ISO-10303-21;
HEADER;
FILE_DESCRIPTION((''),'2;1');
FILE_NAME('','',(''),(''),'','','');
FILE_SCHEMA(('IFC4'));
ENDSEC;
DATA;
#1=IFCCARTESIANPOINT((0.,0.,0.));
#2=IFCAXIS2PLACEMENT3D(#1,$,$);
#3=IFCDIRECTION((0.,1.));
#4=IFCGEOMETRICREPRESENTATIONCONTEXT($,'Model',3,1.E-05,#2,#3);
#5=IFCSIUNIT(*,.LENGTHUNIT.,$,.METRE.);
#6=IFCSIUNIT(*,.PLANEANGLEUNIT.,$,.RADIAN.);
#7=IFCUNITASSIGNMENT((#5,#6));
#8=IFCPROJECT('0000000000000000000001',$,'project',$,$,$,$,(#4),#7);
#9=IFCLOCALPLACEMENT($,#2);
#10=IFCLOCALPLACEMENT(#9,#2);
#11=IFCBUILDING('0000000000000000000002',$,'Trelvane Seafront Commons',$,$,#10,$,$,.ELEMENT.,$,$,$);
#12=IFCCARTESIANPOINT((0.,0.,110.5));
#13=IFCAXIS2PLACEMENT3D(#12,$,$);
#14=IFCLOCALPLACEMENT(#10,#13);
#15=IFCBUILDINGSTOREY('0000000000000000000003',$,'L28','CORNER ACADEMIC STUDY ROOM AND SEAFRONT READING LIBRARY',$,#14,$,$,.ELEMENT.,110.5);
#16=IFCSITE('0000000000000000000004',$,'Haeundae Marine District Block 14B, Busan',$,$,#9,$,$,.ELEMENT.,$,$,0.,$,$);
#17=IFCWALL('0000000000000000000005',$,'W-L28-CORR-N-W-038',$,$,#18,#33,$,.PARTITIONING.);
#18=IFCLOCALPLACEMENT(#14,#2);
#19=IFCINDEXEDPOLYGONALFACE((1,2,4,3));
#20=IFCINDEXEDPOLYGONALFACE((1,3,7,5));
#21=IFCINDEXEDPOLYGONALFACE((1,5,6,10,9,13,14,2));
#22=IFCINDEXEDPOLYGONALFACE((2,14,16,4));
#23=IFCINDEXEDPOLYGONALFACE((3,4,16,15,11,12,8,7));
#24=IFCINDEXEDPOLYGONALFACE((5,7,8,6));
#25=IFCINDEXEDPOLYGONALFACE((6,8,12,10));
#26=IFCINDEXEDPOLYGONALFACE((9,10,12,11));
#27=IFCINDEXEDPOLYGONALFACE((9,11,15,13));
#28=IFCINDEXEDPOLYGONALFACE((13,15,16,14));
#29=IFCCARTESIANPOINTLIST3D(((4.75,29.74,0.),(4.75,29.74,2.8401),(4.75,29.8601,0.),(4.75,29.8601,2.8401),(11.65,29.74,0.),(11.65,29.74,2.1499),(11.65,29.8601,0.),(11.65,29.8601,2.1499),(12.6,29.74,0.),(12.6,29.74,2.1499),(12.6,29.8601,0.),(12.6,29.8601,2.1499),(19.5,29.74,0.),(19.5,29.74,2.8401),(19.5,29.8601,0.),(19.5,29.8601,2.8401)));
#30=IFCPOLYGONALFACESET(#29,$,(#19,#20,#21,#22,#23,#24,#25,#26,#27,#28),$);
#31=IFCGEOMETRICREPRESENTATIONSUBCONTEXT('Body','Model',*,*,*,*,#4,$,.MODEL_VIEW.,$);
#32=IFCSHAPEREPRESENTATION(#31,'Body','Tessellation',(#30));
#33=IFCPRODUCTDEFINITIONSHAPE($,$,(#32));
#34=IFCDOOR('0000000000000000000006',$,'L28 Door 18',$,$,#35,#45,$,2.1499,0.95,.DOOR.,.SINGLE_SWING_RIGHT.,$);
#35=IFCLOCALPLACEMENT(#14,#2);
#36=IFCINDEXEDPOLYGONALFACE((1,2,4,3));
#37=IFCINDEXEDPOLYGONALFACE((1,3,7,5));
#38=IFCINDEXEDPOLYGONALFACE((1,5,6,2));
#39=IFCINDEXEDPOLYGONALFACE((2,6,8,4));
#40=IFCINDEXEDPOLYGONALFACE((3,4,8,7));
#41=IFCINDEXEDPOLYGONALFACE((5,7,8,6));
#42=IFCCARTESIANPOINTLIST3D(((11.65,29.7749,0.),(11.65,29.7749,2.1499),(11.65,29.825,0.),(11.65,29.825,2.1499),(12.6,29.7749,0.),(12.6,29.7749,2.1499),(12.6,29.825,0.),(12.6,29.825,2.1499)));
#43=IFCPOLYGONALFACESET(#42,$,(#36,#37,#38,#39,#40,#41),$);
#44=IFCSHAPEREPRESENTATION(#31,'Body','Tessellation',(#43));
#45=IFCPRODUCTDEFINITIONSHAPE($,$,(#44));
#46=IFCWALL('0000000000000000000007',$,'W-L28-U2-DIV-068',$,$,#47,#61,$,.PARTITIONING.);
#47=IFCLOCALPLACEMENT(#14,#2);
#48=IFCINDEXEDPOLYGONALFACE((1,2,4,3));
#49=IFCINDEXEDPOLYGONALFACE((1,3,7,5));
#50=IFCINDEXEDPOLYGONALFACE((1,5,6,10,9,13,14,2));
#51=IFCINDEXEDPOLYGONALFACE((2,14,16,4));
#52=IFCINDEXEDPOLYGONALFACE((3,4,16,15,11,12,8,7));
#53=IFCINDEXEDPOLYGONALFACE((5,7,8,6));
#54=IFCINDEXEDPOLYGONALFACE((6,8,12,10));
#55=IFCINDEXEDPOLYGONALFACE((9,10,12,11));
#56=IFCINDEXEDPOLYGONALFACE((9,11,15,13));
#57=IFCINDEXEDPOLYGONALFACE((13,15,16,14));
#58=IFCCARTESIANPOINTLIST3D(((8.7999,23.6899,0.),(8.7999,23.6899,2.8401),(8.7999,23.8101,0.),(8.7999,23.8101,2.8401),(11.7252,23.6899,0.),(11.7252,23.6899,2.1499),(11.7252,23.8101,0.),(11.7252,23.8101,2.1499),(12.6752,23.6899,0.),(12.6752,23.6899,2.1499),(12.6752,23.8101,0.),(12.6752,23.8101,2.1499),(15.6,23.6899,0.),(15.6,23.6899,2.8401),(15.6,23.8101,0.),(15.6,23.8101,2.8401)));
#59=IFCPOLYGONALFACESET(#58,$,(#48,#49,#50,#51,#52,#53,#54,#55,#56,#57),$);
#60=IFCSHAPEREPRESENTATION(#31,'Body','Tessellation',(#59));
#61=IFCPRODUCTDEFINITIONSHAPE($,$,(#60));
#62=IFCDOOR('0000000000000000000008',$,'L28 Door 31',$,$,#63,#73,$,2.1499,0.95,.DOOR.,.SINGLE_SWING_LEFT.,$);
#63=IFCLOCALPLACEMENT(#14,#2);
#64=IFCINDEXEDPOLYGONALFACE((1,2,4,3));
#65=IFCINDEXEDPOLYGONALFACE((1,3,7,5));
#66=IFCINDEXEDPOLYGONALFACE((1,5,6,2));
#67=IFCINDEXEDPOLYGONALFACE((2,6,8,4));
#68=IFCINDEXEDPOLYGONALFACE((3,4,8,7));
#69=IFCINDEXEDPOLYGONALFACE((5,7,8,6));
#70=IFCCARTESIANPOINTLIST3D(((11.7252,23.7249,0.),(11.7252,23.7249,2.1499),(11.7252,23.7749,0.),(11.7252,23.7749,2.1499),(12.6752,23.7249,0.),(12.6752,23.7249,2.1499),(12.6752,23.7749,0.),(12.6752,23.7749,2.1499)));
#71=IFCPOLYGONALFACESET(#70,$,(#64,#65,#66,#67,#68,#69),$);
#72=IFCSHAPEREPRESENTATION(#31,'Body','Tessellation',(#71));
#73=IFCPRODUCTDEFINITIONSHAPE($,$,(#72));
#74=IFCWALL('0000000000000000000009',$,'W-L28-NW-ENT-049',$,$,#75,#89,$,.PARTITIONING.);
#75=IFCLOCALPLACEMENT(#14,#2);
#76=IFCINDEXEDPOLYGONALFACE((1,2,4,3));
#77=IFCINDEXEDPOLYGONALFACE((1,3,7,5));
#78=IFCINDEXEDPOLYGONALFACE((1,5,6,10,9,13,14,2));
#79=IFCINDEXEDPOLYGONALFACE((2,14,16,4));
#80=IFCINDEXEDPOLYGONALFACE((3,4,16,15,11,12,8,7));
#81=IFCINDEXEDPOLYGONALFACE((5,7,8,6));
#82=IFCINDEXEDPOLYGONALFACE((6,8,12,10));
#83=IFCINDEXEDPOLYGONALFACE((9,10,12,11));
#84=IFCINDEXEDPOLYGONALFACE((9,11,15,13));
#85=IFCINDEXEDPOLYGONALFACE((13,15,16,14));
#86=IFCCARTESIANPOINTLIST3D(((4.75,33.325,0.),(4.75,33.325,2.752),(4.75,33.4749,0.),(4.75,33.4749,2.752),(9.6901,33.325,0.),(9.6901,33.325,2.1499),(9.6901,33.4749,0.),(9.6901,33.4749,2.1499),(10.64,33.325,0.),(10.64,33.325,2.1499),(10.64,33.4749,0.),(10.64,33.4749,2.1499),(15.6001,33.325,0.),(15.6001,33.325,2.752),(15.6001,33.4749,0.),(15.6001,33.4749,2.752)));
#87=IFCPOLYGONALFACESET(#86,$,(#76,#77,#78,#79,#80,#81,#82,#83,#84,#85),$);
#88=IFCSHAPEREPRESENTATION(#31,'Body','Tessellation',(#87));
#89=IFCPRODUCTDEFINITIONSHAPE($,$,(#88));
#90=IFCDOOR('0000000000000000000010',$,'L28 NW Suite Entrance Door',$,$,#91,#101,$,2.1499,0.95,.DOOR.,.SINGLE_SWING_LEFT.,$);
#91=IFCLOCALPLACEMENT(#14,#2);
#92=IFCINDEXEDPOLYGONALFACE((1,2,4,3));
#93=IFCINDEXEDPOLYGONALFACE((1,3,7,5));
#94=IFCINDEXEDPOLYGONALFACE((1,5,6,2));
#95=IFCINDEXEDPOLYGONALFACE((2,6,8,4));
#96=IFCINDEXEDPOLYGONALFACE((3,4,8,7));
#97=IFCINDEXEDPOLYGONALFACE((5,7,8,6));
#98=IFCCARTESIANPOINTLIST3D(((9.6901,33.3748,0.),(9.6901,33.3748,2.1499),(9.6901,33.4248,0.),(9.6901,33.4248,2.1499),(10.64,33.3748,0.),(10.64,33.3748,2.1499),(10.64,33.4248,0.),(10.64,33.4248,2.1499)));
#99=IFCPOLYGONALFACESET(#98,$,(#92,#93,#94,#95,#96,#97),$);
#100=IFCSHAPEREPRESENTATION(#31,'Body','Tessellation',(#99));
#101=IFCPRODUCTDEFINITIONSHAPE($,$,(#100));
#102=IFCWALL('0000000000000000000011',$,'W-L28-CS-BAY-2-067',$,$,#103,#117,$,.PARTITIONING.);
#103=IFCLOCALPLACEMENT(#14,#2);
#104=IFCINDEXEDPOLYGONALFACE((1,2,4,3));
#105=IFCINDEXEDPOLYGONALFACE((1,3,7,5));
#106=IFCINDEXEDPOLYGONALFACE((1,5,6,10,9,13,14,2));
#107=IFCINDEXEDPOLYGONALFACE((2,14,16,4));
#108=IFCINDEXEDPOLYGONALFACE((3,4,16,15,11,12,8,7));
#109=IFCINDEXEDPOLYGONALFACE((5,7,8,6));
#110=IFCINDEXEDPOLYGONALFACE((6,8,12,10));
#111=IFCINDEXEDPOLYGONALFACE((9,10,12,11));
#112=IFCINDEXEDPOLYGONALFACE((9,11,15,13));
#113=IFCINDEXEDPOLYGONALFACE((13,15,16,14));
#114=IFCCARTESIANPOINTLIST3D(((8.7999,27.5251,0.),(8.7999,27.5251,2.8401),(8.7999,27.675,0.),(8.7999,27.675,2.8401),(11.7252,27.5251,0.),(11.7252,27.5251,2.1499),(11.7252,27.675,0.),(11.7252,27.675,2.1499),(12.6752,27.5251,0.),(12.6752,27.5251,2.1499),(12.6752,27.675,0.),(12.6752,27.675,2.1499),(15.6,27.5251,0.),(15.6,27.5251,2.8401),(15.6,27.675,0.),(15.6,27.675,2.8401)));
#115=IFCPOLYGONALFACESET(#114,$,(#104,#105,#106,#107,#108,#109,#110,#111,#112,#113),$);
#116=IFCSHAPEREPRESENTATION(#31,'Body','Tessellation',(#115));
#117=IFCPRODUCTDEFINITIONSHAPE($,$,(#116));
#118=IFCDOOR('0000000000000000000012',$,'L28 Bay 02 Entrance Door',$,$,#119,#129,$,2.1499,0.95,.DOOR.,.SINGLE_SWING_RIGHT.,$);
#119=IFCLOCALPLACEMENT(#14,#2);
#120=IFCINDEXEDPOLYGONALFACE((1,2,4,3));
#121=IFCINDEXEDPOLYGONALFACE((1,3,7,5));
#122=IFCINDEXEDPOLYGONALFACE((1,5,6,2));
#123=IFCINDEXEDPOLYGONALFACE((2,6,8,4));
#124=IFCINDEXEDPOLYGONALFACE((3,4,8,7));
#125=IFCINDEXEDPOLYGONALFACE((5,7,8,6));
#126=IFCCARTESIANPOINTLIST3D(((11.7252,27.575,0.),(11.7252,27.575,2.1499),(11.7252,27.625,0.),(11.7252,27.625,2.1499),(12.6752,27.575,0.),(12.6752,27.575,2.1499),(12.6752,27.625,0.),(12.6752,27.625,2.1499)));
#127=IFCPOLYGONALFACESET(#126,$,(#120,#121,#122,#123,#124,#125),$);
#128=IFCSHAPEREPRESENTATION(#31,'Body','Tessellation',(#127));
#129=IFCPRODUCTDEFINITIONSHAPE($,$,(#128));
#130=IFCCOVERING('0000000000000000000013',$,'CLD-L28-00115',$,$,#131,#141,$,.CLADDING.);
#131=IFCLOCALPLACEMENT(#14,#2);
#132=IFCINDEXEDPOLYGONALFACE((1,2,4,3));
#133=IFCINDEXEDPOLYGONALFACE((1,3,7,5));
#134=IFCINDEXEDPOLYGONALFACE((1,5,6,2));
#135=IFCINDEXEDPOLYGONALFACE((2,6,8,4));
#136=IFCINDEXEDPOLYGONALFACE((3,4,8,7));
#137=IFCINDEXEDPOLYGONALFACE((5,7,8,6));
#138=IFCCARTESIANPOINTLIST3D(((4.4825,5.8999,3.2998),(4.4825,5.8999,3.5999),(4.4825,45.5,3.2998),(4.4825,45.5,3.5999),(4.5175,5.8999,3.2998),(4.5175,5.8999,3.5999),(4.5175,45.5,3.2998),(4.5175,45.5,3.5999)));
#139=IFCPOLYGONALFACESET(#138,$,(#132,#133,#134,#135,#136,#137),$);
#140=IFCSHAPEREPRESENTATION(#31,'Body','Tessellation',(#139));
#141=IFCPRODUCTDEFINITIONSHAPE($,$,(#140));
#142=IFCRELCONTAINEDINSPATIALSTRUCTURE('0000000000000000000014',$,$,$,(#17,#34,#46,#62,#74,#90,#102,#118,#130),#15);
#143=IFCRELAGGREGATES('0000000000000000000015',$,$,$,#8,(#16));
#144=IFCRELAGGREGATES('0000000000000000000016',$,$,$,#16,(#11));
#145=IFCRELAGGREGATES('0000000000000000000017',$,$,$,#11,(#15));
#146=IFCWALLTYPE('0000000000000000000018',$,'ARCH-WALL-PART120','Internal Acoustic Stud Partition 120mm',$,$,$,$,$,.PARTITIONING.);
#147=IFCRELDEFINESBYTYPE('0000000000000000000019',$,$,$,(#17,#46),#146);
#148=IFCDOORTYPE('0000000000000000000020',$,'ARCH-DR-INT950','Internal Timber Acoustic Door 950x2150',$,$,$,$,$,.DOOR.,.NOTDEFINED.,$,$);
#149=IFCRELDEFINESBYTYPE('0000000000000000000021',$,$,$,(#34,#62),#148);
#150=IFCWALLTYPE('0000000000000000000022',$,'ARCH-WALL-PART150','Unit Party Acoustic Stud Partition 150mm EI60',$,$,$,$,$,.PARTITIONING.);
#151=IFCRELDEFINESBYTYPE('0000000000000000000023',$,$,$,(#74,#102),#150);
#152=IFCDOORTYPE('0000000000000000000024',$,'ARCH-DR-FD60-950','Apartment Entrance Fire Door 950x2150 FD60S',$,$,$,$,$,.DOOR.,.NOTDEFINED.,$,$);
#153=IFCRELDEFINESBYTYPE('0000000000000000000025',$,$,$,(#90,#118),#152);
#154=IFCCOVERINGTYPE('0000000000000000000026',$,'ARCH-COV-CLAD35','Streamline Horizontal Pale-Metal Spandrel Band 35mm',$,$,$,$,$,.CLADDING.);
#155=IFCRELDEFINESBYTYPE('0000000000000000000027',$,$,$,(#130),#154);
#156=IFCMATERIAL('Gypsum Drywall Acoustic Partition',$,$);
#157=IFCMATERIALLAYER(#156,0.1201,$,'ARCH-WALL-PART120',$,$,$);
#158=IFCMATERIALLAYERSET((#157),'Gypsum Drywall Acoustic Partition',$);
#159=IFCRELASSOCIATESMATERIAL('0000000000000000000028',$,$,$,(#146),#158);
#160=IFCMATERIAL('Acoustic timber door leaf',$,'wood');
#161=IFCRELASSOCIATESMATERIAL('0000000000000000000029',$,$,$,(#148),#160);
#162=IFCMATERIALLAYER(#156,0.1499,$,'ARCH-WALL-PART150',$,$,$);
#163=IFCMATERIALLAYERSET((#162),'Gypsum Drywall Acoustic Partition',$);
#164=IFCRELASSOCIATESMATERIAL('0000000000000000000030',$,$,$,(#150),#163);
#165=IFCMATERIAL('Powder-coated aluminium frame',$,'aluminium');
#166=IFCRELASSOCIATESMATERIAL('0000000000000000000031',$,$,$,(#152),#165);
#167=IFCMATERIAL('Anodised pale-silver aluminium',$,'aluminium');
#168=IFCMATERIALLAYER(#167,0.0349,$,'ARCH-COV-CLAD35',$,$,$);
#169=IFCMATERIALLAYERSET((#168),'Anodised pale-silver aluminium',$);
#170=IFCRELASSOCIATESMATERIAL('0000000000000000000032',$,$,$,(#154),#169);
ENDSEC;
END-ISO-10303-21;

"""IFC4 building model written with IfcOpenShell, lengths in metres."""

from ifc_helpers import new_model, si_unit, direction, frame, frame_2d, origin, origin_2d, place, context, subcontext, project, spatial, rectangle, extrude, source, transform, mapped, material, layer, layer_set, type_object, element, fill, save


model = new_model("IFC4")

# Units and contexts
model_context = context("Model", 3, precision=1e-05, world=origin(), true_north=direction((0.0, 1.0)))
body_context = subcontext(model_context, "Body", "Model", "MODEL_VIEW")
ifc_project = project(units=[si_unit("LENGTHUNIT", "METRE"), si_unit("PLANEANGLEUNIT", "RADIAN")], contexts=[model_context])

# Site, building, storey
site_placement = place(None, origin())
site = spatial("IfcSite", under=ifc_project, at=site_placement, Name="Haeundae Marine District Block 14B, Busan", CompositionType="ELEMENT", RefElevation=0.0)
building_placement = place(site_placement, origin())
building = spatial("IfcBuilding", under=site, at=building_placement, Name="Trelvane Seafront Commons", CompositionType="ELEMENT")
storey_placement = place(building_placement, frame((0.0, 0.0, 110.5)))
storey = spatial("IfcBuildingStorey", under=building, at=storey_placement, Name="L28", Description="CORNER ACADEMIC STUDY ROOM AND SEAFRONT READING LIBRARY", CompositionType="ELEMENT", Elevation=110.5)

# Shared definitions
ifc_material_1 = material(Name="Anodised pale-silver aluminium", Category="aluminium")

# Walls, openings, doors
ifc_material_2 = material(Name="Gypsum Drywall Acoustic Partition")
ifc_layer_1 = layer(ifc_material_2, 0.1201, Name="ARCH-WALL-PART120")
ifc_layer_set_1 = layer_set([ifc_layer_1], Name="Gypsum Drywall Acoustic Partition")
wall_type_1 = type_object("IfcWallType", Name="ARCH-WALL-PART120", Description="Internal Acoustic Stud Partition 120mm", PredefinedType="PARTITIONING", material=ifc_layer_set_1)
wall_1_placement = place(storey_placement, frame((4.75, 29.8, 0.0), z_axis=(0.0, 0.0, 1.0), x_axis=(1.0, 0.0, 0.0)))
wall_1 = element("IfcWall", 1, at=wall_1_placement, inside=storey, type_object=wall_type_1, Name="W-L28-CORR-N-W-038", PredefinedType="PARTITIONING", context=body_context, shape_type="SweptSolid", body=[
    extrude(rectangle(XDim=14.75, YDim=0.1201, at=frame_2d((7.375, 0.0))), origin(), (0.0, 0.0, 1.0), 2.8401),
])
opening_1_placement = place(wall_1_placement, frame((6.8999, 0.0, 0.0)))
opening_1 = element("IfcOpeningElement", 2, at=opening_1_placement, cuts=wall_1, PredefinedType="OPENING", context=body_context, shape_type="SweptSolid", body=[
    extrude(rectangle(XDim=0.95, YDim=2.1499, at=frame_2d((0.4751, 1.075))), frame((0.0, 0.0701, 0.0), z_axis=(0.0, -1.0, 0.0), x_axis=(1.0, 0.0, 0.0)), (0.0, 0.0, 1.0), 0.1401),
])
ifc_material_3 = material(Name="Acoustic timber door leaf", Category="wood")
door_type_1 = type_object("IfcDoorType", Name="ARCH-DR-INT950", Description="Internal Timber Acoustic Door 950x2150", OperationType="NOTDEFINED", PredefinedType="DOOR", material=ifc_material_3)
shared_shape_1 = source(origin(), body_context, "Body", "SweptSolid", [
    extrude(rectangle(XDim=0.95, YDim=2.1499, at=frame_2d((0.4751, 1.075))), frame((0.0, 0.0249, 0.0), z_axis=(0.0, -1.0, 0.0), x_axis=(1.0, 0.0, 0.0)), (0.0, 0.0, 1.0), 0.05),
])
door_1_placement = place(opening_1_placement, origin())
door_1 = element("IfcDoor", 3, at=door_1_placement, inside=storey, type_object=door_type_1, Name="L28 Door 18", OperationType="SINGLE_SWING_RIGHT", OverallHeight=2.1499, OverallWidth=0.95, PredefinedType="DOOR", context=body_context, shape_type="MappedRepresentation", body=[
    mapped(shared_shape_1, transform((0.0, 0.0, 0.0), x_axis=(1.0, 0.0, 0.0), y_axis=(0.0, 1.0, 0.0), z_axis=(0.0, 0.0, 1.0), scale=1.0)),
])
fill(opening_1, door_1)
wall_2_placement = place(storey_placement, frame((8.8, 23.75, 0.0), z_axis=(0.0, 0.0, 1.0), x_axis=(1.0, 0.0, 0.0)))
wall_2 = element("IfcWall", 4, at=wall_2_placement, inside=storey, type_object=wall_type_1, Name="W-L28-U2-DIV-068", PredefinedType="PARTITIONING", context=body_context, shape_type="SweptSolid", body=[
    extrude(rectangle(XDim=6.8, YDim=0.1201, at=frame_2d((3.3999, 0.0))), origin(), (0.0, 0.0, 1.0), 2.8401),
])
opening_2_placement = place(wall_2_placement, frame((2.925, 0.0, 0.0)))
opening_2 = element("IfcOpeningElement", 5, at=opening_2_placement, cuts=wall_2, PredefinedType="OPENING", context=body_context, shape_type="SweptSolid", body=[
    extrude(rectangle(XDim=0.95, YDim=2.1499, at=frame_2d((0.4751, 1.075))), frame((0.0, 0.0701, 0.0), z_axis=(0.0, -1.0, 0.0), x_axis=(1.0, 0.0, 0.0)), (0.0, 0.0, 1.0), 0.1401),
])
door_2_placement = place(opening_2_placement, origin())
door_2 = element("IfcDoor", 6, at=door_2_placement, inside=storey, type_object=door_type_1, Name="L28 Door 31", OperationType="SINGLE_SWING_LEFT", OverallHeight=2.1499, OverallWidth=0.95, PredefinedType="DOOR", context=body_context, shape_type="MappedRepresentation", body=[
    mapped(shared_shape_1, transform((0.0, 0.0, 0.0), x_axis=(1.0, 0.0, 0.0), y_axis=(0.0, 1.0, 0.0), z_axis=(0.0, 0.0, 1.0), scale=1.0)),
])
fill(opening_2, door_2)
ifc_layer_2 = layer(ifc_material_2, 0.1499, Name="ARCH-WALL-PART150")
ifc_layer_set_2 = layer_set([ifc_layer_2], Name="Gypsum Drywall Acoustic Partition")
wall_type_2 = type_object("IfcWallType", Name="ARCH-WALL-PART150", Description="Unit Party Acoustic Stud Partition 150mm EI60", PredefinedType="PARTITIONING", material=ifc_layer_set_2)
wall_3_placement = place(storey_placement, frame((4.75, 33.3999, 0.0), z_axis=(0.0, 0.0, 1.0), x_axis=(1.0, 0.0, 0.0)))
wall_3 = element("IfcWall", 7, at=wall_3_placement, inside=storey, type_object=wall_type_2, Name="W-L28-NW-ENT-049", PredefinedType="PARTITIONING", context=body_context, shape_type="SweptSolid", body=[
    extrude(rectangle(XDim=10.8501, YDim=0.1499, at=frame_2d((5.425, 0.0))), origin(), (0.0, 0.0, 1.0), 2.752),
])
opening_3_placement = place(wall_3_placement, frame((4.9399, 0.0, 0.0)))
opening_3 = element("IfcOpeningElement", 8, at=opening_3_placement, cuts=wall_3, PredefinedType="OPENING", context=body_context, shape_type="SweptSolid", body=[
    extrude(rectangle(XDim=0.95, YDim=2.1499, at=frame_2d((0.4751, 1.075))), frame((0.0, 0.085, 0.0), z_axis=(0.0, -1.0, 0.0), x_axis=(1.0, 0.0, 0.0)), (0.0, 0.0, 1.0), 0.1699),
])
ifc_material_4 = material(Name="Powder-coated aluminium frame", Category="aluminium")
door_type_2 = type_object("IfcDoorType", Name="ARCH-DR-FD60-950", Description="Apartment Entrance Fire Door 950x2150 FD60S", OperationType="NOTDEFINED", PredefinedType="DOOR", material=ifc_material_4)
door_3_placement = place(opening_3_placement, origin())
door_3 = element("IfcDoor", 9, at=door_3_placement, inside=storey, type_object=door_type_2, Name="L28 NW Suite Entrance Door", OperationType="SINGLE_SWING_LEFT", OverallHeight=2.1499, OverallWidth=0.95, PredefinedType="DOOR", context=body_context, shape_type="MappedRepresentation", body=[
    mapped(shared_shape_1, transform((0.0, 0.0, 0.0), x_axis=(1.0, 0.0, 0.0), y_axis=(0.0, 1.0, 0.0), z_axis=(0.0, 0.0, 1.0), scale=1.0)),
])
fill(opening_3, door_3)
wall_4_placement = place(storey_placement, frame((8.8, 27.6001, 0.0), z_axis=(0.0, 0.0, 1.0), x_axis=(1.0, 0.0, 0.0)))
wall_4 = element("IfcWall", 10, at=wall_4_placement, inside=storey, type_object=wall_type_2, Name="W-L28-CS-BAY-2-067", PredefinedType="PARTITIONING", context=body_context, shape_type="SweptSolid", body=[
    extrude(rectangle(XDim=6.8, YDim=0.1499, at=frame_2d((3.3999, 0.0))), origin(), (0.0, 0.0, 1.0), 2.8401),
])
opening_4_placement = place(wall_4_placement, frame((2.925, 0.0, 0.0)))
opening_4 = element("IfcOpeningElement", 11, at=opening_4_placement, cuts=wall_4, PredefinedType="OPENING", context=body_context, shape_type="SweptSolid", body=[
    extrude(rectangle(XDim=0.95, YDim=2.1499, at=frame_2d((0.4751, 1.075))), frame((0.0, 0.085, 0.0), z_axis=(0.0, -1.0, 0.0), x_axis=(1.0, 0.0, 0.0)), (0.0, 0.0, 1.0), 0.1699),
])
door_4_placement = place(opening_4_placement, origin())
door_4 = element("IfcDoor", 12, at=door_4_placement, inside=storey, type_object=door_type_2, Name="L28 Bay 02 Entrance Door", OperationType="SINGLE_SWING_RIGHT", OverallHeight=2.1499, OverallWidth=0.95, PredefinedType="DOOR", context=body_context, shape_type="MappedRepresentation", body=[
    mapped(shared_shape_1, transform((0.0, 0.0, 0.0), x_axis=(1.0, 0.0, 0.0), y_axis=(0.0, 1.0, 0.0), z_axis=(0.0, 0.0, 1.0), scale=1.0)),
])
fill(opening_4, door_4)

# Covering
ifc_layer_3 = layer(ifc_material_1, 0.0349, Name="ARCH-COV-CLAD35")
ifc_layer_set_3 = layer_set([ifc_layer_3], Name="Anodised pale-silver aluminium")
covering_type = type_object("IfcCoveringType", Name="ARCH-COV-CLAD35", Description="Streamline Horizontal Pale-Metal Spandrel Band 35mm", PredefinedType="CLADDING", material=ifc_layer_set_3)
shared_shape_2 = source(origin(), body_context, "Body", "SweptSolid", [
    extrude(rectangle(XDim=39.6001, YDim=0.0349, at=origin_2d()), origin(), (0.0, 0.0, 1.0), 0.3),
])
covering_placement = place(storey_placement, frame((4.5, 25.7, 3.2998), z_axis=(0.0, 0.0, 1.0), x_axis=(0.0, 1.0, 0.0)))
element("IfcCovering", 13, at=covering_placement, inside=storey, type_object=covering_type, Name="CLD-L28-00115", PredefinedType="CLADDING", context=body_context, shape_type="MappedRepresentation", body=[
    mapped(shared_shape_2, transform((0.0, 0.0, 0.0), x_axis=(1.0, 0.0, 0.0), y_axis=(0.0, 1.0, 0.0), z_axis=(0.0, 0.0, 1.0), scale=1.0)),
])

save(model, "model.ifc")
